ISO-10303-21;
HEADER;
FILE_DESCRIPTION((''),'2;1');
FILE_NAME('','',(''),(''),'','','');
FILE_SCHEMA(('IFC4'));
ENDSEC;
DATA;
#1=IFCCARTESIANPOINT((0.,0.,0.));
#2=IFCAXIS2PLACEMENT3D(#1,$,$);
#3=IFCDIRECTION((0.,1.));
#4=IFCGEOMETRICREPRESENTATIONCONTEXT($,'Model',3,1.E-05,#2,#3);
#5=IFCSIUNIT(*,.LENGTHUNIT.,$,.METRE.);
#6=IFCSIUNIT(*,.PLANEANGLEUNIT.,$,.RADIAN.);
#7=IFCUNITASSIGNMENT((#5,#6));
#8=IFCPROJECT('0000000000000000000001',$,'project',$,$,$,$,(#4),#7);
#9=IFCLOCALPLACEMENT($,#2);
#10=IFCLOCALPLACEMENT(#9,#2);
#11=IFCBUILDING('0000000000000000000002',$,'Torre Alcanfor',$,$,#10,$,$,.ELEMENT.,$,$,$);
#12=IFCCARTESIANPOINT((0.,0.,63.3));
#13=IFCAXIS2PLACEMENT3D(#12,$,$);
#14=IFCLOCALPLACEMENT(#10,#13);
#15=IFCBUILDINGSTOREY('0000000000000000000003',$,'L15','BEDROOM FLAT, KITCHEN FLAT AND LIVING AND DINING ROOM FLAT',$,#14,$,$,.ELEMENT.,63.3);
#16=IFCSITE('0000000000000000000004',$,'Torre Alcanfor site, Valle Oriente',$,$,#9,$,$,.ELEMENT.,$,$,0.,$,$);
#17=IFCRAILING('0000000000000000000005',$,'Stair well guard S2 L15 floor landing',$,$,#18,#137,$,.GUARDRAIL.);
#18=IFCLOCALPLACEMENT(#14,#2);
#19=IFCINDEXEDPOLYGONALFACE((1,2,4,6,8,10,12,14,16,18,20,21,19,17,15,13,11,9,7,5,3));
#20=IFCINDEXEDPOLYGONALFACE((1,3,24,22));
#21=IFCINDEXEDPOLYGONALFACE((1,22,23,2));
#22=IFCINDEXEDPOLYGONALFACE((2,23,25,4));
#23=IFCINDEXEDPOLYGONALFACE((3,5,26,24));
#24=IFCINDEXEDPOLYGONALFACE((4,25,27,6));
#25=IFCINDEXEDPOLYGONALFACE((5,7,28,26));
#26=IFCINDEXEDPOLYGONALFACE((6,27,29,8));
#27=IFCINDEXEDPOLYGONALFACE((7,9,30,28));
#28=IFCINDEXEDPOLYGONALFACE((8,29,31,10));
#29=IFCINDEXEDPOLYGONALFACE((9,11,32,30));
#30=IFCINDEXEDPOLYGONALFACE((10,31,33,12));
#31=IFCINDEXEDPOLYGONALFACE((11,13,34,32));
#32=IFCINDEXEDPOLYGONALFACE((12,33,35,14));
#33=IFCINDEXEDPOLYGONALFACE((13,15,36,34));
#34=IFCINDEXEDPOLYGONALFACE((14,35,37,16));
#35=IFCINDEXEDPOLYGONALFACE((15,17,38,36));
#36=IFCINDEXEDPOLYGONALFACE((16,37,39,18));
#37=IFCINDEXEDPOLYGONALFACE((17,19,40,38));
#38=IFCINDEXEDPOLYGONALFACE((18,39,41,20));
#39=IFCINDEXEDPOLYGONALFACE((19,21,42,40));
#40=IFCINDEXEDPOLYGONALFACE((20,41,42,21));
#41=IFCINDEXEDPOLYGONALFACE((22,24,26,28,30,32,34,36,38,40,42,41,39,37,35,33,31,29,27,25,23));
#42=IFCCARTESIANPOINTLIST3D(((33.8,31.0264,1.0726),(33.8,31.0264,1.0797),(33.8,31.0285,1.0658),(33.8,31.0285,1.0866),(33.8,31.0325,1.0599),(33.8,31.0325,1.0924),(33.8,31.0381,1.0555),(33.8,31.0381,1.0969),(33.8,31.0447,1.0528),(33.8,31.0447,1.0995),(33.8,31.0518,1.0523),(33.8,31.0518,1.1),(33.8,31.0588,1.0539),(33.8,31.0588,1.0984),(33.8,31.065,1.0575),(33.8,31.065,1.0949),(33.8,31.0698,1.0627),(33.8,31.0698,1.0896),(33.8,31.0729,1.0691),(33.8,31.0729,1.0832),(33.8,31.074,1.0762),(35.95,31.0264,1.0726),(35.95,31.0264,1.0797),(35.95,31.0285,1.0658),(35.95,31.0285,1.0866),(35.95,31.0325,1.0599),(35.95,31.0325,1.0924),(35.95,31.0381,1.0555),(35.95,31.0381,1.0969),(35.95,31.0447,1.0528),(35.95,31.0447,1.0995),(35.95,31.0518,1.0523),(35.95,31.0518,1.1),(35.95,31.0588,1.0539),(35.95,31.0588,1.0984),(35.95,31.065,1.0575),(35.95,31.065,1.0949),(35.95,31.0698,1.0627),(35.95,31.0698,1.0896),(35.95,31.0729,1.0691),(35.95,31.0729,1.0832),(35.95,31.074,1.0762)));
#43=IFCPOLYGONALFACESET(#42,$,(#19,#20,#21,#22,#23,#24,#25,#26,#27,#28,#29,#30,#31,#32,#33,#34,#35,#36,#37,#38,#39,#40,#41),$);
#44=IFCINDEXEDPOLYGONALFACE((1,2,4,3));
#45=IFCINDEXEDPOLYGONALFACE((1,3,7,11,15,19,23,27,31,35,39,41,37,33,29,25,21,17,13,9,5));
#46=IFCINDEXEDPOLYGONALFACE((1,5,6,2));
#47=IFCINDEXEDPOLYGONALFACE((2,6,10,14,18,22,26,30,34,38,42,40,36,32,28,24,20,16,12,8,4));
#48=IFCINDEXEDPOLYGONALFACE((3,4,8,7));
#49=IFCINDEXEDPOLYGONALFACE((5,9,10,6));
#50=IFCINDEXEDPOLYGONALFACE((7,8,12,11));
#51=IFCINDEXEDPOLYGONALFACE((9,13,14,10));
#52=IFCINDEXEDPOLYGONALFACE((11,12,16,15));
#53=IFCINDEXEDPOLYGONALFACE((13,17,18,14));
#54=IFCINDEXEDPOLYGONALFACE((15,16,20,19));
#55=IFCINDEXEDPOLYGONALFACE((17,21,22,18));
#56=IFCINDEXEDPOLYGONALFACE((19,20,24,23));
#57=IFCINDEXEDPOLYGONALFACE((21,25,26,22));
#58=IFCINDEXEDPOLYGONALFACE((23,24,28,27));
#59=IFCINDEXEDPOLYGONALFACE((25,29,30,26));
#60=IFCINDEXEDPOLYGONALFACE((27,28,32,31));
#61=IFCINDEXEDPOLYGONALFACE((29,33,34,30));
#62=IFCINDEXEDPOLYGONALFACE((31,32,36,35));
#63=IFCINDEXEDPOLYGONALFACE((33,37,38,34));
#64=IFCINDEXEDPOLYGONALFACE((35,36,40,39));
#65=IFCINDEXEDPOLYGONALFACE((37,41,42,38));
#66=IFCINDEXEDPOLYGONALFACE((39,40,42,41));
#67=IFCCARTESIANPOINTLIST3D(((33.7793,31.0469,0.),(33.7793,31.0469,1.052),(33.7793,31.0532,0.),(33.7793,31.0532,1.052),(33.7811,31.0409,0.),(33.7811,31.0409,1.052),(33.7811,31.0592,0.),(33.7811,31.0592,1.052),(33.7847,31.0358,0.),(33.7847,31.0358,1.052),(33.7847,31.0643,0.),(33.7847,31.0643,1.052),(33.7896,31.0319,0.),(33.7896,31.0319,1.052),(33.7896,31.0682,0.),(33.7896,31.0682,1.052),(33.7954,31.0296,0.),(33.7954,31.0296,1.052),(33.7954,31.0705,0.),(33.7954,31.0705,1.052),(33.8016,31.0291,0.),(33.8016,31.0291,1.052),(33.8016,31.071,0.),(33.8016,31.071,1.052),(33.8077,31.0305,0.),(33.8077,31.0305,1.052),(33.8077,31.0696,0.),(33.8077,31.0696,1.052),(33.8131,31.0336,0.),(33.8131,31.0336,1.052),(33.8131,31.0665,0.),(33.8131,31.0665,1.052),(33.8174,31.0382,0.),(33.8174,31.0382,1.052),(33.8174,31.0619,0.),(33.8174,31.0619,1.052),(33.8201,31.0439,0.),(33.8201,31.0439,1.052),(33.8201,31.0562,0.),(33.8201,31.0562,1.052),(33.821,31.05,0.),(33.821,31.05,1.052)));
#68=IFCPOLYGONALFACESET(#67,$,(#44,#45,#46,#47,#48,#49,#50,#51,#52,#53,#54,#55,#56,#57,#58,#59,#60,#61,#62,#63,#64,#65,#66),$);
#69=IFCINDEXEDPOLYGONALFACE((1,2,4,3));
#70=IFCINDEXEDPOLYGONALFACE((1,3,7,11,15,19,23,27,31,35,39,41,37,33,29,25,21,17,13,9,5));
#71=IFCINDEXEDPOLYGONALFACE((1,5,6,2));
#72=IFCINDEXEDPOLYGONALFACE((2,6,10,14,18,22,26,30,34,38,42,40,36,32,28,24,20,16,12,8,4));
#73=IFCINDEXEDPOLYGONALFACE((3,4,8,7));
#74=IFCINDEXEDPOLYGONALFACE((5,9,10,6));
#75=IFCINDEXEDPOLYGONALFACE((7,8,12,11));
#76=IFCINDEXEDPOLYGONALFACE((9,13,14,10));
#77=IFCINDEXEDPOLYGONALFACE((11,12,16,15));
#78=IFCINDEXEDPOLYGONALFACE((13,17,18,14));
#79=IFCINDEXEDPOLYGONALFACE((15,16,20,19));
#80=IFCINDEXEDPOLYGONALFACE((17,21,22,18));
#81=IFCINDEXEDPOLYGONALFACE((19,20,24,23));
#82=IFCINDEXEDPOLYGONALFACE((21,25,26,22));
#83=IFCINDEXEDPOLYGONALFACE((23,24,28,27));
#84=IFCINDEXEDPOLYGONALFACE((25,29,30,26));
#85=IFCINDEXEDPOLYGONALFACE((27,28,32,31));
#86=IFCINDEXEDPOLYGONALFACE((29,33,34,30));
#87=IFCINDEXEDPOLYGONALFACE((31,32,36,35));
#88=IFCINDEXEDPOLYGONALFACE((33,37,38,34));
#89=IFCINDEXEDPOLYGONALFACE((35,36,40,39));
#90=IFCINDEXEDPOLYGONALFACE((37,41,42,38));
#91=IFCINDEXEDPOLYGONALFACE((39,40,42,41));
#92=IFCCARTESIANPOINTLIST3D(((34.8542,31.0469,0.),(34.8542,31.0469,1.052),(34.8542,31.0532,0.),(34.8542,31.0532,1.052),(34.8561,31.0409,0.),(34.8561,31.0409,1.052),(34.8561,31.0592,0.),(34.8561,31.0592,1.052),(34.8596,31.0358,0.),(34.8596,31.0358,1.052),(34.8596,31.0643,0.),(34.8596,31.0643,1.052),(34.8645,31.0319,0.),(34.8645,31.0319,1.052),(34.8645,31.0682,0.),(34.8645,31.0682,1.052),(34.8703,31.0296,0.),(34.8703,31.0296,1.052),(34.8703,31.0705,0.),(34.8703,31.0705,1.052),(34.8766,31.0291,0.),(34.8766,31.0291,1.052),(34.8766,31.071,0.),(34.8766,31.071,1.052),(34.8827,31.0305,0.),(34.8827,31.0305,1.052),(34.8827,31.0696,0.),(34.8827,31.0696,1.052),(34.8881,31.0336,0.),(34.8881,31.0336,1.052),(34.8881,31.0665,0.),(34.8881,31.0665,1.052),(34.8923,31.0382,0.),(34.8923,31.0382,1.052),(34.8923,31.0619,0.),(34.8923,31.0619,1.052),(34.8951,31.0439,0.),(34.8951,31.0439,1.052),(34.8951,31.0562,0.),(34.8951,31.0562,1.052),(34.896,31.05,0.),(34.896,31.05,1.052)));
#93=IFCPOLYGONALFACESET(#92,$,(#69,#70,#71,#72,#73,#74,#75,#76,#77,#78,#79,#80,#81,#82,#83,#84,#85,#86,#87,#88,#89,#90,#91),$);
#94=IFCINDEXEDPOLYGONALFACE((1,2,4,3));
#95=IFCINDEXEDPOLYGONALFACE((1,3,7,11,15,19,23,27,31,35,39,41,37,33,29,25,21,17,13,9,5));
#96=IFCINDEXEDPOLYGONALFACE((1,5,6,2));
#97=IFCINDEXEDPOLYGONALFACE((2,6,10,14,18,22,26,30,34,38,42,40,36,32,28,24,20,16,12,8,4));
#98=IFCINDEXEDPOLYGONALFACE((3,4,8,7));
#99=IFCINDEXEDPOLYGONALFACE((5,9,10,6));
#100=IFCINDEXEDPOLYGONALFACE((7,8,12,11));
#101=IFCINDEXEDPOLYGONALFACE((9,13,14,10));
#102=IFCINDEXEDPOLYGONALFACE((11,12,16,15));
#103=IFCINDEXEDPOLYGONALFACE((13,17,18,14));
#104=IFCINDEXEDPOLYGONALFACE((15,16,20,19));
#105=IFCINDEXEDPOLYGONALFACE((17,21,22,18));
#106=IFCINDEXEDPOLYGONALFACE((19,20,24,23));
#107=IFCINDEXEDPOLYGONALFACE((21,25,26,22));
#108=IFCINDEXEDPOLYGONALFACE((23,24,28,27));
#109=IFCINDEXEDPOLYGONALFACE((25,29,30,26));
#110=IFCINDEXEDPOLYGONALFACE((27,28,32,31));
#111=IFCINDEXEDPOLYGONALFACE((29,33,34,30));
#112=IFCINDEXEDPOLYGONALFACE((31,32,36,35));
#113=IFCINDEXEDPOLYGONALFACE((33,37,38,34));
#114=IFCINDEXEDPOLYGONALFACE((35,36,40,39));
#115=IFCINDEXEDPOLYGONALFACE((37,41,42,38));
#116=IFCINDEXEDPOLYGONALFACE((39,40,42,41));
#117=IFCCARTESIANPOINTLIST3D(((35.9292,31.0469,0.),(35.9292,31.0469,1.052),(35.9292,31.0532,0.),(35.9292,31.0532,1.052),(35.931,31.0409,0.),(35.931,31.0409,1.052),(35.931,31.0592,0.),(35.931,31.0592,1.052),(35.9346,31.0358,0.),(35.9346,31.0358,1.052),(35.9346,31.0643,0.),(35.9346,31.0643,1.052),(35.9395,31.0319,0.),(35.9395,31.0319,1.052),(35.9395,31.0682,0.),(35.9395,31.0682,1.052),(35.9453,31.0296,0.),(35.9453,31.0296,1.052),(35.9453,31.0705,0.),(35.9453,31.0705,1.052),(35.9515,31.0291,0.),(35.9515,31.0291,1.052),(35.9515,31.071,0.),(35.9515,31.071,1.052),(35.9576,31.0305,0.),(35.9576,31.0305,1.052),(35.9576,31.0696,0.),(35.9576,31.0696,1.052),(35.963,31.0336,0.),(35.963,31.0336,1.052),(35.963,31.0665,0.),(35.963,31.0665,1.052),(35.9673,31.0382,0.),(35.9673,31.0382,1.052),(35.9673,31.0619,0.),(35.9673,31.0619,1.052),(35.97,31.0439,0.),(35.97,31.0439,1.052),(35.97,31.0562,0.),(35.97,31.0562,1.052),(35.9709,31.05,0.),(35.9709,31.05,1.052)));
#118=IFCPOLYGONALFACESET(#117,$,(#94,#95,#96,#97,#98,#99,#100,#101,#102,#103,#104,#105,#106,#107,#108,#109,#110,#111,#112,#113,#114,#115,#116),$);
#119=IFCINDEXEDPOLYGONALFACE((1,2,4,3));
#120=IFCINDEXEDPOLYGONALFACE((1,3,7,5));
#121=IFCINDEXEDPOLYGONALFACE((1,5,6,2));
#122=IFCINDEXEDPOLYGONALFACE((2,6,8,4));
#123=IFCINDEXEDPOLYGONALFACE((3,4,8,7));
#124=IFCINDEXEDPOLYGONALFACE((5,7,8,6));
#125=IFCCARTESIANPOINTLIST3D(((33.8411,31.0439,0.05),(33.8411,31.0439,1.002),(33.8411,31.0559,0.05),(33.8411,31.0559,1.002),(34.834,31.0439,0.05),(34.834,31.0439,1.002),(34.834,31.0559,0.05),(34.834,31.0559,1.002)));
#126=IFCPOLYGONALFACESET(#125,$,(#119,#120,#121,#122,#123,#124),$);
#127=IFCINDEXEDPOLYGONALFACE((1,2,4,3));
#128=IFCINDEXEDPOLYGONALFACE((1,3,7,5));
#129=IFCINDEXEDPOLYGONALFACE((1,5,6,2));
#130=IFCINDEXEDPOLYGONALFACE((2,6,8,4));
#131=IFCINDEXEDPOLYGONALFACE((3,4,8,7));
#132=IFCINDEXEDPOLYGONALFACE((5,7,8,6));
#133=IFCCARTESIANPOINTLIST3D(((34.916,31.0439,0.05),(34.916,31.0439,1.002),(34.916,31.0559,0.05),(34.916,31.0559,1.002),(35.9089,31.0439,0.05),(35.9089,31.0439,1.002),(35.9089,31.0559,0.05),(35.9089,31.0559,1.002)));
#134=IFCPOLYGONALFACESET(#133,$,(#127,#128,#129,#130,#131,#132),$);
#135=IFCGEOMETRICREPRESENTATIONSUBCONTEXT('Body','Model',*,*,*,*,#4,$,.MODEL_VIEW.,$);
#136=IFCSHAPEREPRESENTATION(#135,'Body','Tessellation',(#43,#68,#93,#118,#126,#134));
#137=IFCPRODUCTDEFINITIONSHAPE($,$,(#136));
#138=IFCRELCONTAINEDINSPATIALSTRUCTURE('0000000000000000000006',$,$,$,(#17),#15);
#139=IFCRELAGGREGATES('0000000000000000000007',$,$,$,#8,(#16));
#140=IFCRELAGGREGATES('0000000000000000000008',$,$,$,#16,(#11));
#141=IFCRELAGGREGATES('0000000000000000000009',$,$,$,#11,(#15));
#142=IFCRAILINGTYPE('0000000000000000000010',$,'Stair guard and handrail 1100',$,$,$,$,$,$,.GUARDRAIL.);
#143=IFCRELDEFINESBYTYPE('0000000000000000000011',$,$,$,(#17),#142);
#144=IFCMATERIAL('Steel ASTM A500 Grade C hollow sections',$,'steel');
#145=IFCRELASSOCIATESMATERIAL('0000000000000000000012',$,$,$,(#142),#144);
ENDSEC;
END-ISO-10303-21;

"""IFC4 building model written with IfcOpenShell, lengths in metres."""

from ifc_helpers import new_model, si_unit, direction, frame, origin, origin_2d, place, context, subcontext, project, spatial, polyline, circle, outline, extrude, material, type_object, element, save


model = new_model("IFC4")

# Units and contexts
model_context = context("Model", 3, precision=1e-05, world=origin(), true_north=direction((0.0, 1.0)))
body_context = subcontext(model_context, "Body", "Model", "MODEL_VIEW")
ifc_project = project(units=[si_unit("LENGTHUNIT", "METRE"), si_unit("PLANEANGLEUNIT", "RADIAN")], contexts=[model_context])

# Site, building, storey
site_placement = place(None, origin())
site = spatial("IfcSite", under=ifc_project, at=site_placement, Name="Torre Alcanfor site, Valle Oriente", CompositionType="ELEMENT", RefElevation=0.0)
building_placement = place(site_placement, origin())
building = spatial("IfcBuilding", under=site, at=building_placement, Name="Torre Alcanfor", CompositionType="ELEMENT")
storey_placement = place(building_placement, frame((0.0, 0.0, 63.3)))
storey = spatial("IfcBuildingStorey", under=building, at=storey_placement, Name="L15", Description="BEDROOM FLAT, KITCHEN FLAT AND LIVING AND DINING ROOM FLAT", CompositionType="ELEMENT", Elevation=63.3)

# Railing
ifc_material_1 = material(Name="Steel ASTM A500 Grade C hollow sections", Category="steel")
railing_type_1 = type_object("IfcRailingType", Name="Stair guard and handrail 1100", PredefinedType="GUARDRAIL", material=ifc_material_1)
for number, where, name in (
    (1, (33.8, 31.05, 0.0), "Stair well guard S2 L15 floor landing"),
):
    element("IfcRailing", number, at=place(storey_placement, frame(where)), inside=storey, type_object=railing_type_1, Name=name, PredefinedType="GUARDRAIL", context=body_context, shape_type="SweptSolid", body=[
        extrude(circle(Radius=0.0239, at=origin_2d()), frame((0.0, 0.0, 1.0762), z_axis=(1.0, 0.0, 0.0), x_axis=(0.0, 1.0, 0.0)), (0.0, 0.0, 1.0), 2.1499),
        extrude(circle(Radius=0.021, at=origin_2d()), origin(), (0.0, 0.0, 1.0), 1.052),
        extrude(circle(Radius=0.021, at=origin_2d()), frame((1.075, 0.0, 0.0)), (0.0, 0.0, 1.0), 1.052),
        extrude(circle(Radius=0.021, at=origin_2d()), frame((2.1499, 0.0, 0.0)), (0.0, 0.0, 1.0), 1.052),
        extrude(outline(polyline([(0.041, 0.05), (1.0339, 0.05), (1.0339, 1.002), (0.041, 1.002), (0.041, 0.05)])), frame((0.0, 0.0059, 0.0), z_axis=(0.0, -1.0, 0.0), x_axis=(1.0, 0.0, 0.0)), (0.0, 0.0, 1.0), 0.012),
        extrude(outline(polyline([(1.116, 0.05), (2.1089, 0.05), (2.1089, 1.002), (1.116, 1.002), (1.116, 0.05)])), frame((0.0, 0.0059, 0.0), z_axis=(0.0, -1.0, 0.0), x_axis=(1.0, 0.0, 0.0)), (0.0, 0.0, 1.0), 0.012),
    ])

save(model, "model.ifc")
